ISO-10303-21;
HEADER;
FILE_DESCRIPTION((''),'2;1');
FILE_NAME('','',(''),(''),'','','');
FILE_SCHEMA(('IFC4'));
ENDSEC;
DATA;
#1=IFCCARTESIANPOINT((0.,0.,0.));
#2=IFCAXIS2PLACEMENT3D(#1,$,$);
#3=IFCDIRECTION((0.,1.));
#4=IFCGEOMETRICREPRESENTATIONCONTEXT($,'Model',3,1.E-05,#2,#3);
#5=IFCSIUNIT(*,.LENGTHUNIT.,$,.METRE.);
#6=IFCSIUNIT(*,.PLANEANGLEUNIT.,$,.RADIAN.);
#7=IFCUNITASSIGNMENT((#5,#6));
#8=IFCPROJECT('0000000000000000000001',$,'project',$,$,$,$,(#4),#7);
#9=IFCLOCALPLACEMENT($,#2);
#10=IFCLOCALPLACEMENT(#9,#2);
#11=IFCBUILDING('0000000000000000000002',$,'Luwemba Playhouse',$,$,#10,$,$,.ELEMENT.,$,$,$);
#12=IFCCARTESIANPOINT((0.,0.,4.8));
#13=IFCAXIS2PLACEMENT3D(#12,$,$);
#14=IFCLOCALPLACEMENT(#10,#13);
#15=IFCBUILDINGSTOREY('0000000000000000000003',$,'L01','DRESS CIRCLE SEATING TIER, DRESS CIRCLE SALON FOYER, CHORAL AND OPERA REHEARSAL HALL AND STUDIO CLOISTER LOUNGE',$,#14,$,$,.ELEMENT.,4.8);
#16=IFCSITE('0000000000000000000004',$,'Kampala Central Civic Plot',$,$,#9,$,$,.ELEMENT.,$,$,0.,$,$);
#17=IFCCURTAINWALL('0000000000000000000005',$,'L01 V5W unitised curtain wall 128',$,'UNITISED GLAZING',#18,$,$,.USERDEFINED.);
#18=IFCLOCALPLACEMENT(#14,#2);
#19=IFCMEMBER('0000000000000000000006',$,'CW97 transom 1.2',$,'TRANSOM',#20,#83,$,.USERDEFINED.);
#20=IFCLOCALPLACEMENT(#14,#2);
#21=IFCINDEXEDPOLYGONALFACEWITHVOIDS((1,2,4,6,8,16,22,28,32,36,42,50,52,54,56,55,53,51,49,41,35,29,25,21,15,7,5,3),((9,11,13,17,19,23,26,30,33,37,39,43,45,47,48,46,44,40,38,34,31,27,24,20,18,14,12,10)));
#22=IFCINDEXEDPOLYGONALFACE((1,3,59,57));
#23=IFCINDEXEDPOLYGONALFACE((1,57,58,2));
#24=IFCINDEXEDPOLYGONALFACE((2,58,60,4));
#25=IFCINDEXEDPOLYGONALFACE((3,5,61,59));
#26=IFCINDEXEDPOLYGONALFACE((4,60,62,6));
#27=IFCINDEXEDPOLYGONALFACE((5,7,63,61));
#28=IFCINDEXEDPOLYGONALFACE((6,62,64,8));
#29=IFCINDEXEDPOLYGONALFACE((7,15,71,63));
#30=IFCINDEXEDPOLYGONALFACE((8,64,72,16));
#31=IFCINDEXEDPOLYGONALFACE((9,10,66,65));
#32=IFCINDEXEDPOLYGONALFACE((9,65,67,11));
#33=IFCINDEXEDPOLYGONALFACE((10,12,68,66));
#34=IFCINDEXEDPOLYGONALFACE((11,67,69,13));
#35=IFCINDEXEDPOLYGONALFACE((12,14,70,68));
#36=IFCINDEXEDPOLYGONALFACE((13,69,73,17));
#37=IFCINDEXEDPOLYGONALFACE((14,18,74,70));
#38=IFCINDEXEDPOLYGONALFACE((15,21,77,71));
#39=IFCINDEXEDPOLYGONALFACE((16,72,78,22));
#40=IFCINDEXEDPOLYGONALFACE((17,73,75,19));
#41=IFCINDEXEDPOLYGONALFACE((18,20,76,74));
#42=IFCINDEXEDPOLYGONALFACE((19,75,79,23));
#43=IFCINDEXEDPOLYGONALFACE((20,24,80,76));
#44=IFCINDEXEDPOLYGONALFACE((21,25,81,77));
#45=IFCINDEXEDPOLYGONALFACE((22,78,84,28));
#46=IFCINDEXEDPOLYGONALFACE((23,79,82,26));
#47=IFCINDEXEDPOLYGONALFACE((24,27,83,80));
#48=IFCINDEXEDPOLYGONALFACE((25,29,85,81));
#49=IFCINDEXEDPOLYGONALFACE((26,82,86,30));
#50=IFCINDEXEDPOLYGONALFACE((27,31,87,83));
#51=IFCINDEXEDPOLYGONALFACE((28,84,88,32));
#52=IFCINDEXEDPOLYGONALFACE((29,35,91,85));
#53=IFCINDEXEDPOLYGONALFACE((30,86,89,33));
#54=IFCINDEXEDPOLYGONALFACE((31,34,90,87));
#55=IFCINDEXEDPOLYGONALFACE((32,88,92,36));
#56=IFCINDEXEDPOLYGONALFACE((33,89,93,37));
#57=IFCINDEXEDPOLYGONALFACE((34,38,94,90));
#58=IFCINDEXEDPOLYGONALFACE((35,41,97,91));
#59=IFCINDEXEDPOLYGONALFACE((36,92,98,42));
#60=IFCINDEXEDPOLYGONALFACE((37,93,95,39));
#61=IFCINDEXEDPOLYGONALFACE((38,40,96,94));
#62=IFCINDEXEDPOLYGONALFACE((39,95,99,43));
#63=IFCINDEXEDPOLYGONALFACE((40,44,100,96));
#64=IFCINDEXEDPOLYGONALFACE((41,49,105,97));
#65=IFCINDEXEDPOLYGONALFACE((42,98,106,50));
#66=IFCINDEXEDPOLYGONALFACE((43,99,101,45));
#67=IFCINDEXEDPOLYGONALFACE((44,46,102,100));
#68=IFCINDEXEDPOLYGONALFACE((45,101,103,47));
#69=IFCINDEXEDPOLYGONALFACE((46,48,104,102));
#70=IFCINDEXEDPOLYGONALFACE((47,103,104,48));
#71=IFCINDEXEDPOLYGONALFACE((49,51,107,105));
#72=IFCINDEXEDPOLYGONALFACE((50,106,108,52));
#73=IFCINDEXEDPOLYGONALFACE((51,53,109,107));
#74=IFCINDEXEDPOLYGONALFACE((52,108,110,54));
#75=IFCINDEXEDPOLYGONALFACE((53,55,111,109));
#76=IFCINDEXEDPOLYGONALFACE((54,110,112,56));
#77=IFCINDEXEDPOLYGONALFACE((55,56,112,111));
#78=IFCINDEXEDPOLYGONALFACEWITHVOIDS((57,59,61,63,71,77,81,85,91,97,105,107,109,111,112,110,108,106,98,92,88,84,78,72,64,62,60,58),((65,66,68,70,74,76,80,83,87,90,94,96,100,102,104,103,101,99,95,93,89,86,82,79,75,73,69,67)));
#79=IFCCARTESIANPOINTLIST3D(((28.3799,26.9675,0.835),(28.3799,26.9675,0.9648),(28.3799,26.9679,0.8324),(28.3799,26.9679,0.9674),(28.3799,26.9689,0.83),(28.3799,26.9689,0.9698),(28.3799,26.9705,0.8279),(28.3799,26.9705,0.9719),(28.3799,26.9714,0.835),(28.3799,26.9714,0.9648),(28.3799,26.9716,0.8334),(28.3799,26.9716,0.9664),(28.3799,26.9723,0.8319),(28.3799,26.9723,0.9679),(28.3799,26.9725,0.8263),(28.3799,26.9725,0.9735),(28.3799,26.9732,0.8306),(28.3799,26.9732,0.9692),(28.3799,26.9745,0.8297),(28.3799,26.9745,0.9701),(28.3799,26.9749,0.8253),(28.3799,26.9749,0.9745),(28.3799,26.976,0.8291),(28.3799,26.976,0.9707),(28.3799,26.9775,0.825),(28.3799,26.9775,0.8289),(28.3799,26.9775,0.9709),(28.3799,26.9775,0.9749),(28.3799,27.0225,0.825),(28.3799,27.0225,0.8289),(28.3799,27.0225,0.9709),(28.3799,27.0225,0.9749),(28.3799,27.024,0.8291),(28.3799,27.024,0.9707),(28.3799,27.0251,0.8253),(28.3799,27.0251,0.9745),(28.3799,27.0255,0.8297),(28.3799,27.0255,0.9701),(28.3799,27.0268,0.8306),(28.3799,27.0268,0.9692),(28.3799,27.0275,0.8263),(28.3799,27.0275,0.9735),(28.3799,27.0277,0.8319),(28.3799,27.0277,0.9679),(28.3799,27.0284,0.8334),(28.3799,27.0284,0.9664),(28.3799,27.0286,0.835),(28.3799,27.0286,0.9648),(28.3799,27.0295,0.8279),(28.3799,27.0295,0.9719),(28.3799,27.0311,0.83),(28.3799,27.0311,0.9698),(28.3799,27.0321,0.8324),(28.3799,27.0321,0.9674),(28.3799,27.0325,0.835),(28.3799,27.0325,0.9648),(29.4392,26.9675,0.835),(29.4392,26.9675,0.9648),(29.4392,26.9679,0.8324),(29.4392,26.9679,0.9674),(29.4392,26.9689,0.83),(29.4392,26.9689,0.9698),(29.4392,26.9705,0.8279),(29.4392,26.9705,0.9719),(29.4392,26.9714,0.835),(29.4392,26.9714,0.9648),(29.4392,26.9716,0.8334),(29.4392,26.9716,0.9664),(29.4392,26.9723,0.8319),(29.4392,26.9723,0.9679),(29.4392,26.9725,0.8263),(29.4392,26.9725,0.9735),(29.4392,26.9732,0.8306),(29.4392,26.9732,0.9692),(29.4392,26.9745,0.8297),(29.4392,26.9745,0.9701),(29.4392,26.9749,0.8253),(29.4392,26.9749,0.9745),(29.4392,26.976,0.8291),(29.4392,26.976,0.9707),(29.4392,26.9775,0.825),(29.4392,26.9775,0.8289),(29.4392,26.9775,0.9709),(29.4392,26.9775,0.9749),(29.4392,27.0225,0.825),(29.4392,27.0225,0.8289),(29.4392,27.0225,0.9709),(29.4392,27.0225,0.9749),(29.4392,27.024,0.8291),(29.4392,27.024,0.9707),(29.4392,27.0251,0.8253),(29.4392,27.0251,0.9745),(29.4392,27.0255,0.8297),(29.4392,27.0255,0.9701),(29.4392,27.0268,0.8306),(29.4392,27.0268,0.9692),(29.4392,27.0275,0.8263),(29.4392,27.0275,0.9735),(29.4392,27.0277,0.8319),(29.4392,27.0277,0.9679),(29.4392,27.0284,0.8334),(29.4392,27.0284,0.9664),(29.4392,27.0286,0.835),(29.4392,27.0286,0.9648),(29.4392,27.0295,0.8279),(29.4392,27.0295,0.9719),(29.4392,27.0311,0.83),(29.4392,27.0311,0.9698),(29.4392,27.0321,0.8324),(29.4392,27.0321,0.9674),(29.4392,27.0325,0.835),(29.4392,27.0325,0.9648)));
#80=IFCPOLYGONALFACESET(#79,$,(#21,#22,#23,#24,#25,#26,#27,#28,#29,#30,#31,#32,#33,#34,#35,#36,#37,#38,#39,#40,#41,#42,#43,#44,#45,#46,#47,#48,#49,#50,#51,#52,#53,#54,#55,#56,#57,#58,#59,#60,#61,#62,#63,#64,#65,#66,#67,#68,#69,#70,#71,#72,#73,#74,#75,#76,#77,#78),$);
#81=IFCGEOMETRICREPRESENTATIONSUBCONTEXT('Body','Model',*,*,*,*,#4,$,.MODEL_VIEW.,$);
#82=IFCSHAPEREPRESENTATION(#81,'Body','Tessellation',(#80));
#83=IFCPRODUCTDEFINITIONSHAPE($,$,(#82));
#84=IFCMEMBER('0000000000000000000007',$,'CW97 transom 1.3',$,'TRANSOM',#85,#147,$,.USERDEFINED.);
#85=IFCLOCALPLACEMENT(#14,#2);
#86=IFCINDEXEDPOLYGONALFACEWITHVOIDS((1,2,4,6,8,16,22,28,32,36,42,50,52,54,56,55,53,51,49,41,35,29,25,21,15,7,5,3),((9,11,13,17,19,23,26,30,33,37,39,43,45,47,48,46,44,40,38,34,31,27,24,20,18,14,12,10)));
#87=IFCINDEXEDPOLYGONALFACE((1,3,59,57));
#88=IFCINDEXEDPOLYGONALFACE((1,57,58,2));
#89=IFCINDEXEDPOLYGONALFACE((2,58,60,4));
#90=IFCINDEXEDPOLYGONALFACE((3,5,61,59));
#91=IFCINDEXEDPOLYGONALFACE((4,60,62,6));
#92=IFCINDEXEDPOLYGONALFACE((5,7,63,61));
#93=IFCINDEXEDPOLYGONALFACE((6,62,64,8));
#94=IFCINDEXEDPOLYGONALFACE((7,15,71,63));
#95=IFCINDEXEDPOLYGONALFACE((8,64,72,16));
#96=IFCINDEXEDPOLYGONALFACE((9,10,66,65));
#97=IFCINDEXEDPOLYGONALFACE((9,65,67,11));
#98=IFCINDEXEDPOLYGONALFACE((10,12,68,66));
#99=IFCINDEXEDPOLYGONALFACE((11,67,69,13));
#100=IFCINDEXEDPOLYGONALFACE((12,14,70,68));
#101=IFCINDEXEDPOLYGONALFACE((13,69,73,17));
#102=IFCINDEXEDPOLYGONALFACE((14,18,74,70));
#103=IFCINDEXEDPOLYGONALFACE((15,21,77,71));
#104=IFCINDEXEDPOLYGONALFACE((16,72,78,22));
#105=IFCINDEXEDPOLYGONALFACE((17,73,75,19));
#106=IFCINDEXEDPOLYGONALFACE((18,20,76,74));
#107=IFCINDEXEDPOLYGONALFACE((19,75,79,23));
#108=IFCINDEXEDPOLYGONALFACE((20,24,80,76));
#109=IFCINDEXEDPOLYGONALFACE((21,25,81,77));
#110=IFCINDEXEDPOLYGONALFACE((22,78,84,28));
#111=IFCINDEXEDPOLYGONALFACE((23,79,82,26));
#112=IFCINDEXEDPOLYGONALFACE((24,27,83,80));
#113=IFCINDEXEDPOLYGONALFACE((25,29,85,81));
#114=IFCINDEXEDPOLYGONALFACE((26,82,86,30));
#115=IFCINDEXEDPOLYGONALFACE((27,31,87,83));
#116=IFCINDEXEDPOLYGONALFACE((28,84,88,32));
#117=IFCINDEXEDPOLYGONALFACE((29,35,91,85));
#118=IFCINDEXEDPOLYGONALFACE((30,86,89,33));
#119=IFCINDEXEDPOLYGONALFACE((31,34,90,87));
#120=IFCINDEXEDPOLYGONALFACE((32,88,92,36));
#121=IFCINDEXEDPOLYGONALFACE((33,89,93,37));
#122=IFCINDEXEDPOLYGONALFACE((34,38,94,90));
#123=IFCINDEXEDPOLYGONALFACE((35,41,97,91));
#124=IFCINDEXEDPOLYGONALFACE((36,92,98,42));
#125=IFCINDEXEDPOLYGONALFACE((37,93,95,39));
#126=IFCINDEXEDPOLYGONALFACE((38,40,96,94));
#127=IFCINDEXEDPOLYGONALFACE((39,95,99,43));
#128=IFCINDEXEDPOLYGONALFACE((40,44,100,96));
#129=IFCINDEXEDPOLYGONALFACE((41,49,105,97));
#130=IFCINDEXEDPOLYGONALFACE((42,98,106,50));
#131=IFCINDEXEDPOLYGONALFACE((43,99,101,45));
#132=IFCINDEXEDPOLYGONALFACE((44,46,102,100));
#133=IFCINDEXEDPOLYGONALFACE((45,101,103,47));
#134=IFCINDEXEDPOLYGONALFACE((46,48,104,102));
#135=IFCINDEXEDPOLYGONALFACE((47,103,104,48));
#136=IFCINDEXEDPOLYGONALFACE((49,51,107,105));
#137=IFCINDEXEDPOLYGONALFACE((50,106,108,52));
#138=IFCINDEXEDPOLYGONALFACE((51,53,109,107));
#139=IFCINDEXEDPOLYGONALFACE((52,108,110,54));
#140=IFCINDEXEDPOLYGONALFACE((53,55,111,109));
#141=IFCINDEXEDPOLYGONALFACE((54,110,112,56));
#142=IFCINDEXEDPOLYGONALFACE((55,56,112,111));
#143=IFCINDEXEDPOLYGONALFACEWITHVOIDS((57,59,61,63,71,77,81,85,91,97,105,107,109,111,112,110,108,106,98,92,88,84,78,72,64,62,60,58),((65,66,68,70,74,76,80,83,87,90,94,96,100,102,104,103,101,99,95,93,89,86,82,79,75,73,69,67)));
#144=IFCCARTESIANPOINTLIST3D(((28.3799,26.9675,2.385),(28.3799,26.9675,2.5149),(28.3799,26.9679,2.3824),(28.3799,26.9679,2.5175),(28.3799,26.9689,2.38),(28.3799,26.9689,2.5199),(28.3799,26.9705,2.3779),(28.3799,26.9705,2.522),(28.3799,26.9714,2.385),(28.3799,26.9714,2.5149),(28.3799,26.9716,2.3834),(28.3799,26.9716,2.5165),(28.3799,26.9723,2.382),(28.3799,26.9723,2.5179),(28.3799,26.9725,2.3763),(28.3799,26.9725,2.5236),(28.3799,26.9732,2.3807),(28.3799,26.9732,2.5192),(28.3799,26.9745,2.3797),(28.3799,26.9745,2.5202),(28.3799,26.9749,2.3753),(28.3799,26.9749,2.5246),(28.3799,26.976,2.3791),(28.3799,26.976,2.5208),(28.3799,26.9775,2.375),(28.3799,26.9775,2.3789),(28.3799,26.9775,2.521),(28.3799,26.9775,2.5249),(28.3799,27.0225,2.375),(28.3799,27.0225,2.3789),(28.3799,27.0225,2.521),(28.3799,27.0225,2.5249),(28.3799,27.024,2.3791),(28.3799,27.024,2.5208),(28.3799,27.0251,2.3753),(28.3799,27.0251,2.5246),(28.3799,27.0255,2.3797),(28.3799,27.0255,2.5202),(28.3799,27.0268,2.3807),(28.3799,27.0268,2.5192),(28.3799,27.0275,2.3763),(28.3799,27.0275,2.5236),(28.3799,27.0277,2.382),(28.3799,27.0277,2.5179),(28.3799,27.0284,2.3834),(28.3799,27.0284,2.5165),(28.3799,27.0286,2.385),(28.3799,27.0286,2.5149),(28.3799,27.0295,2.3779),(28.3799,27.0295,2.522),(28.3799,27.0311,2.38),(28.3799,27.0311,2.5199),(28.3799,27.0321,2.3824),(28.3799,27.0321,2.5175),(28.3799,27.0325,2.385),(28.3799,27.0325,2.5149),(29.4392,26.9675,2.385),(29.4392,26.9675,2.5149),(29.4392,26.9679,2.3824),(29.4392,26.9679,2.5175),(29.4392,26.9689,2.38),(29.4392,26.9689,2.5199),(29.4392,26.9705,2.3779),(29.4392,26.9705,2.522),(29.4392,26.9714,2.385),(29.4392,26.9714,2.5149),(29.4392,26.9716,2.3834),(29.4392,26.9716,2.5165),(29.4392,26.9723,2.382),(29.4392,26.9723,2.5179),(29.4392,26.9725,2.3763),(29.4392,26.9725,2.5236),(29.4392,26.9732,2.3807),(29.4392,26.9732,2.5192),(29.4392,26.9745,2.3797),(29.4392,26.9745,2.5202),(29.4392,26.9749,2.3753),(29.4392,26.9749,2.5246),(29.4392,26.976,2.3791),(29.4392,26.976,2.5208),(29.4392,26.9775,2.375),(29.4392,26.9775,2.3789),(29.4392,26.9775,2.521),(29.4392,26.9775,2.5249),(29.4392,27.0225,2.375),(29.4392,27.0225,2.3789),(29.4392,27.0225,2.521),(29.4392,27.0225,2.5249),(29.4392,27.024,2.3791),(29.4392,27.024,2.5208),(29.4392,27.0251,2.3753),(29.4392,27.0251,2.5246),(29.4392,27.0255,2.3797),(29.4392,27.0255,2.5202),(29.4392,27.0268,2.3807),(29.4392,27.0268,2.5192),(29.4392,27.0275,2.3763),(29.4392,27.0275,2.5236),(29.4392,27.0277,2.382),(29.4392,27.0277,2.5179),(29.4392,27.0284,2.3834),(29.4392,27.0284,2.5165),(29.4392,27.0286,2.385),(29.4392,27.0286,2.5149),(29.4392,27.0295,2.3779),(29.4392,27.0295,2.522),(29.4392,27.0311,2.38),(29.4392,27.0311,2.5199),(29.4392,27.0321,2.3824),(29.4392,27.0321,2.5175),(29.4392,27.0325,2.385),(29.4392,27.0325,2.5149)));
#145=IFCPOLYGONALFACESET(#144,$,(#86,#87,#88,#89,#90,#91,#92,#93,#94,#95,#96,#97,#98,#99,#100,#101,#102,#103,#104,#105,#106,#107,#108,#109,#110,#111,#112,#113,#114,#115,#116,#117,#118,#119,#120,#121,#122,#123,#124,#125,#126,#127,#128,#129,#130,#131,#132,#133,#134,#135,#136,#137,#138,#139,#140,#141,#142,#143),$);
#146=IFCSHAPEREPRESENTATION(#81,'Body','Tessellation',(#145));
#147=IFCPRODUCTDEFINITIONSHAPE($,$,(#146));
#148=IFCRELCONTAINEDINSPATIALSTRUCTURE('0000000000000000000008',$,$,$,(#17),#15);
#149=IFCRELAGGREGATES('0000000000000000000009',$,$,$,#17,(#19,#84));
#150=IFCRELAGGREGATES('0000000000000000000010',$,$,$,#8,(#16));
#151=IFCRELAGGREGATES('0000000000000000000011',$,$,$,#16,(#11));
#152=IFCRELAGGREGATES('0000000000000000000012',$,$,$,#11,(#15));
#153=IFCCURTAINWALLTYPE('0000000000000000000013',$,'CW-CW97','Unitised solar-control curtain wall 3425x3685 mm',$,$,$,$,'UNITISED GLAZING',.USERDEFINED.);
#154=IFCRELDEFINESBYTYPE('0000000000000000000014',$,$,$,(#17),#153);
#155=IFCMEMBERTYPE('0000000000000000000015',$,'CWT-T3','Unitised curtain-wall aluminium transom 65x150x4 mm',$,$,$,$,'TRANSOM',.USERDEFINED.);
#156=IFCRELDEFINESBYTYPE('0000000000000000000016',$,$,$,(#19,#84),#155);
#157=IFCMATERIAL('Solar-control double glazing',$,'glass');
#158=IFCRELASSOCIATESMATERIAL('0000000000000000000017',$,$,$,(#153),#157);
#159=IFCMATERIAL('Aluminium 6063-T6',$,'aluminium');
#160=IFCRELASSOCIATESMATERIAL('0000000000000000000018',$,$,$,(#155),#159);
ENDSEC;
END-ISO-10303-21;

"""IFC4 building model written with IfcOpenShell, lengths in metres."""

from ifc_helpers import new_model, si_unit, direction, frame, origin, origin_2d, place, context, subcontext, project, spatial, hollow_rectangle, extrude, material, material_profile, profile_set, type_object, element, aggregate, save


model = new_model("IFC4")

# Units and contexts
model_context = context("Model", 3, precision=1e-05, world=origin(), true_north=direction((0.0, 1.0)))
body_context = subcontext(model_context, "Body", "Model", "MODEL_VIEW")
ifc_project = project(units=[si_unit("LENGTHUNIT", "METRE"), si_unit("PLANEANGLEUNIT", "RADIAN")], contexts=[model_context])

# Site, building, storey
site_placement = place(None, origin())
site = spatial("IfcSite", under=ifc_project, at=site_placement, Name="Kampala Central Civic Plot", CompositionType="ELEMENT", RefElevation=0.0)
building_placement = place(site_placement, origin())
building = spatial("IfcBuilding", under=site, at=building_placement, Name="Luwemba Playhouse", CompositionType="ELEMENT")
storey_placement = place(building_placement, frame((0.0, 0.0, 4.8)))
storey = spatial("IfcBuildingStorey", under=building, at=storey_placement, Name="L01", Description="DRESS CIRCLE SEATING TIER, DRESS CIRCLE SALON FOYER, CHORAL AND OPERA REHEARSAL HALL AND STUDIO CLOISTER LOUNGE", CompositionType="ELEMENT", Elevation=4.8)

# Curtain wall
ifc_material_1 = material(Name="Solar-control double glazing", Category="glass")
curtain_wall_type_1 = type_object("IfcCurtainWallType", Name="CW-CW97", Description="Unitised solar-control curtain wall 3425x3685 mm", ElementType="UNITISED GLAZING", PredefinedType="USERDEFINED", material=ifc_material_1)
curtain_wall_1_placement = place(storey_placement, origin())
curtain_wall_1 = element("IfcCurtainWall", 1, at=curtain_wall_1_placement, inside=storey, type_object=curtain_wall_type_1, Name="L01 V5W unitised curtain wall 128", ObjectType="UNITISED GLAZING", PredefinedType="USERDEFINED")
ifc_material_2 = material(Name="Aluminium 6063-T6", Category="aluminium")

# Members
ifc_material_profile_1 = material_profile(ifc_material_2, hollow_rectangle(XDim=0.0649, YDim=0.1499, WallThickness=0.0039, InnerFilletRadius=0.0061, OuterFilletRadius=0.01, at=origin_2d()))
ifc_profile_set_1 = profile_set([ifc_material_profile_1], Name="Aluminium 6063-T6")
member_type_1 = type_object("IfcMemberType", Name="CWT-T3", Description="Unitised curtain-wall aluminium transom 65x150x4 mm", ElementType="TRANSOM", PredefinedType="USERDEFINED", material=ifc_profile_set_1)
member_1_placement = place(storey_placement, frame((28.3799, 27.0, 0.8999), z_axis=(1.0, 0.0, 0.0), x_axis=(0.0, 1.0, 0.0)))
member_1 = element("IfcMember", 2, at=member_1_placement, type_object=member_type_1, Name="CW97 transom 1.2", ObjectType="TRANSOM", PredefinedType="USERDEFINED", context=body_context, shape_type="SweptSolid", body=[
    extrude(hollow_rectangle(XDim=0.0649, YDim=0.1499, WallThickness=0.0039, InnerFilletRadius=0.0061, OuterFilletRadius=0.01, at=origin_2d()), origin(), (0.0, 0.0, 1.0), 1.0593),
])
member_2_placement = place(storey_placement, frame((28.3799, 27.0, 2.45), z_axis=(1.0, 0.0, 0.0), x_axis=(0.0, 1.0, 0.0)))
member_2 = element("IfcMember", 3, at=member_2_placement, type_object=member_type_1, Name="CW97 transom 1.3", ObjectType="TRANSOM", PredefinedType="USERDEFINED", context=body_context, shape_type="SweptSolid", body=[
    extrude(hollow_rectangle(XDim=0.0649, YDim=0.1499, WallThickness=0.0039, InnerFilletRadius=0.0061, OuterFilletRadius=0.01, at=origin_2d()), origin(), (0.0, 0.0, 1.0), 1.0593),
])

aggregate(curtain_wall_1, [member_1, member_2])

save(model, "model.ifc")
